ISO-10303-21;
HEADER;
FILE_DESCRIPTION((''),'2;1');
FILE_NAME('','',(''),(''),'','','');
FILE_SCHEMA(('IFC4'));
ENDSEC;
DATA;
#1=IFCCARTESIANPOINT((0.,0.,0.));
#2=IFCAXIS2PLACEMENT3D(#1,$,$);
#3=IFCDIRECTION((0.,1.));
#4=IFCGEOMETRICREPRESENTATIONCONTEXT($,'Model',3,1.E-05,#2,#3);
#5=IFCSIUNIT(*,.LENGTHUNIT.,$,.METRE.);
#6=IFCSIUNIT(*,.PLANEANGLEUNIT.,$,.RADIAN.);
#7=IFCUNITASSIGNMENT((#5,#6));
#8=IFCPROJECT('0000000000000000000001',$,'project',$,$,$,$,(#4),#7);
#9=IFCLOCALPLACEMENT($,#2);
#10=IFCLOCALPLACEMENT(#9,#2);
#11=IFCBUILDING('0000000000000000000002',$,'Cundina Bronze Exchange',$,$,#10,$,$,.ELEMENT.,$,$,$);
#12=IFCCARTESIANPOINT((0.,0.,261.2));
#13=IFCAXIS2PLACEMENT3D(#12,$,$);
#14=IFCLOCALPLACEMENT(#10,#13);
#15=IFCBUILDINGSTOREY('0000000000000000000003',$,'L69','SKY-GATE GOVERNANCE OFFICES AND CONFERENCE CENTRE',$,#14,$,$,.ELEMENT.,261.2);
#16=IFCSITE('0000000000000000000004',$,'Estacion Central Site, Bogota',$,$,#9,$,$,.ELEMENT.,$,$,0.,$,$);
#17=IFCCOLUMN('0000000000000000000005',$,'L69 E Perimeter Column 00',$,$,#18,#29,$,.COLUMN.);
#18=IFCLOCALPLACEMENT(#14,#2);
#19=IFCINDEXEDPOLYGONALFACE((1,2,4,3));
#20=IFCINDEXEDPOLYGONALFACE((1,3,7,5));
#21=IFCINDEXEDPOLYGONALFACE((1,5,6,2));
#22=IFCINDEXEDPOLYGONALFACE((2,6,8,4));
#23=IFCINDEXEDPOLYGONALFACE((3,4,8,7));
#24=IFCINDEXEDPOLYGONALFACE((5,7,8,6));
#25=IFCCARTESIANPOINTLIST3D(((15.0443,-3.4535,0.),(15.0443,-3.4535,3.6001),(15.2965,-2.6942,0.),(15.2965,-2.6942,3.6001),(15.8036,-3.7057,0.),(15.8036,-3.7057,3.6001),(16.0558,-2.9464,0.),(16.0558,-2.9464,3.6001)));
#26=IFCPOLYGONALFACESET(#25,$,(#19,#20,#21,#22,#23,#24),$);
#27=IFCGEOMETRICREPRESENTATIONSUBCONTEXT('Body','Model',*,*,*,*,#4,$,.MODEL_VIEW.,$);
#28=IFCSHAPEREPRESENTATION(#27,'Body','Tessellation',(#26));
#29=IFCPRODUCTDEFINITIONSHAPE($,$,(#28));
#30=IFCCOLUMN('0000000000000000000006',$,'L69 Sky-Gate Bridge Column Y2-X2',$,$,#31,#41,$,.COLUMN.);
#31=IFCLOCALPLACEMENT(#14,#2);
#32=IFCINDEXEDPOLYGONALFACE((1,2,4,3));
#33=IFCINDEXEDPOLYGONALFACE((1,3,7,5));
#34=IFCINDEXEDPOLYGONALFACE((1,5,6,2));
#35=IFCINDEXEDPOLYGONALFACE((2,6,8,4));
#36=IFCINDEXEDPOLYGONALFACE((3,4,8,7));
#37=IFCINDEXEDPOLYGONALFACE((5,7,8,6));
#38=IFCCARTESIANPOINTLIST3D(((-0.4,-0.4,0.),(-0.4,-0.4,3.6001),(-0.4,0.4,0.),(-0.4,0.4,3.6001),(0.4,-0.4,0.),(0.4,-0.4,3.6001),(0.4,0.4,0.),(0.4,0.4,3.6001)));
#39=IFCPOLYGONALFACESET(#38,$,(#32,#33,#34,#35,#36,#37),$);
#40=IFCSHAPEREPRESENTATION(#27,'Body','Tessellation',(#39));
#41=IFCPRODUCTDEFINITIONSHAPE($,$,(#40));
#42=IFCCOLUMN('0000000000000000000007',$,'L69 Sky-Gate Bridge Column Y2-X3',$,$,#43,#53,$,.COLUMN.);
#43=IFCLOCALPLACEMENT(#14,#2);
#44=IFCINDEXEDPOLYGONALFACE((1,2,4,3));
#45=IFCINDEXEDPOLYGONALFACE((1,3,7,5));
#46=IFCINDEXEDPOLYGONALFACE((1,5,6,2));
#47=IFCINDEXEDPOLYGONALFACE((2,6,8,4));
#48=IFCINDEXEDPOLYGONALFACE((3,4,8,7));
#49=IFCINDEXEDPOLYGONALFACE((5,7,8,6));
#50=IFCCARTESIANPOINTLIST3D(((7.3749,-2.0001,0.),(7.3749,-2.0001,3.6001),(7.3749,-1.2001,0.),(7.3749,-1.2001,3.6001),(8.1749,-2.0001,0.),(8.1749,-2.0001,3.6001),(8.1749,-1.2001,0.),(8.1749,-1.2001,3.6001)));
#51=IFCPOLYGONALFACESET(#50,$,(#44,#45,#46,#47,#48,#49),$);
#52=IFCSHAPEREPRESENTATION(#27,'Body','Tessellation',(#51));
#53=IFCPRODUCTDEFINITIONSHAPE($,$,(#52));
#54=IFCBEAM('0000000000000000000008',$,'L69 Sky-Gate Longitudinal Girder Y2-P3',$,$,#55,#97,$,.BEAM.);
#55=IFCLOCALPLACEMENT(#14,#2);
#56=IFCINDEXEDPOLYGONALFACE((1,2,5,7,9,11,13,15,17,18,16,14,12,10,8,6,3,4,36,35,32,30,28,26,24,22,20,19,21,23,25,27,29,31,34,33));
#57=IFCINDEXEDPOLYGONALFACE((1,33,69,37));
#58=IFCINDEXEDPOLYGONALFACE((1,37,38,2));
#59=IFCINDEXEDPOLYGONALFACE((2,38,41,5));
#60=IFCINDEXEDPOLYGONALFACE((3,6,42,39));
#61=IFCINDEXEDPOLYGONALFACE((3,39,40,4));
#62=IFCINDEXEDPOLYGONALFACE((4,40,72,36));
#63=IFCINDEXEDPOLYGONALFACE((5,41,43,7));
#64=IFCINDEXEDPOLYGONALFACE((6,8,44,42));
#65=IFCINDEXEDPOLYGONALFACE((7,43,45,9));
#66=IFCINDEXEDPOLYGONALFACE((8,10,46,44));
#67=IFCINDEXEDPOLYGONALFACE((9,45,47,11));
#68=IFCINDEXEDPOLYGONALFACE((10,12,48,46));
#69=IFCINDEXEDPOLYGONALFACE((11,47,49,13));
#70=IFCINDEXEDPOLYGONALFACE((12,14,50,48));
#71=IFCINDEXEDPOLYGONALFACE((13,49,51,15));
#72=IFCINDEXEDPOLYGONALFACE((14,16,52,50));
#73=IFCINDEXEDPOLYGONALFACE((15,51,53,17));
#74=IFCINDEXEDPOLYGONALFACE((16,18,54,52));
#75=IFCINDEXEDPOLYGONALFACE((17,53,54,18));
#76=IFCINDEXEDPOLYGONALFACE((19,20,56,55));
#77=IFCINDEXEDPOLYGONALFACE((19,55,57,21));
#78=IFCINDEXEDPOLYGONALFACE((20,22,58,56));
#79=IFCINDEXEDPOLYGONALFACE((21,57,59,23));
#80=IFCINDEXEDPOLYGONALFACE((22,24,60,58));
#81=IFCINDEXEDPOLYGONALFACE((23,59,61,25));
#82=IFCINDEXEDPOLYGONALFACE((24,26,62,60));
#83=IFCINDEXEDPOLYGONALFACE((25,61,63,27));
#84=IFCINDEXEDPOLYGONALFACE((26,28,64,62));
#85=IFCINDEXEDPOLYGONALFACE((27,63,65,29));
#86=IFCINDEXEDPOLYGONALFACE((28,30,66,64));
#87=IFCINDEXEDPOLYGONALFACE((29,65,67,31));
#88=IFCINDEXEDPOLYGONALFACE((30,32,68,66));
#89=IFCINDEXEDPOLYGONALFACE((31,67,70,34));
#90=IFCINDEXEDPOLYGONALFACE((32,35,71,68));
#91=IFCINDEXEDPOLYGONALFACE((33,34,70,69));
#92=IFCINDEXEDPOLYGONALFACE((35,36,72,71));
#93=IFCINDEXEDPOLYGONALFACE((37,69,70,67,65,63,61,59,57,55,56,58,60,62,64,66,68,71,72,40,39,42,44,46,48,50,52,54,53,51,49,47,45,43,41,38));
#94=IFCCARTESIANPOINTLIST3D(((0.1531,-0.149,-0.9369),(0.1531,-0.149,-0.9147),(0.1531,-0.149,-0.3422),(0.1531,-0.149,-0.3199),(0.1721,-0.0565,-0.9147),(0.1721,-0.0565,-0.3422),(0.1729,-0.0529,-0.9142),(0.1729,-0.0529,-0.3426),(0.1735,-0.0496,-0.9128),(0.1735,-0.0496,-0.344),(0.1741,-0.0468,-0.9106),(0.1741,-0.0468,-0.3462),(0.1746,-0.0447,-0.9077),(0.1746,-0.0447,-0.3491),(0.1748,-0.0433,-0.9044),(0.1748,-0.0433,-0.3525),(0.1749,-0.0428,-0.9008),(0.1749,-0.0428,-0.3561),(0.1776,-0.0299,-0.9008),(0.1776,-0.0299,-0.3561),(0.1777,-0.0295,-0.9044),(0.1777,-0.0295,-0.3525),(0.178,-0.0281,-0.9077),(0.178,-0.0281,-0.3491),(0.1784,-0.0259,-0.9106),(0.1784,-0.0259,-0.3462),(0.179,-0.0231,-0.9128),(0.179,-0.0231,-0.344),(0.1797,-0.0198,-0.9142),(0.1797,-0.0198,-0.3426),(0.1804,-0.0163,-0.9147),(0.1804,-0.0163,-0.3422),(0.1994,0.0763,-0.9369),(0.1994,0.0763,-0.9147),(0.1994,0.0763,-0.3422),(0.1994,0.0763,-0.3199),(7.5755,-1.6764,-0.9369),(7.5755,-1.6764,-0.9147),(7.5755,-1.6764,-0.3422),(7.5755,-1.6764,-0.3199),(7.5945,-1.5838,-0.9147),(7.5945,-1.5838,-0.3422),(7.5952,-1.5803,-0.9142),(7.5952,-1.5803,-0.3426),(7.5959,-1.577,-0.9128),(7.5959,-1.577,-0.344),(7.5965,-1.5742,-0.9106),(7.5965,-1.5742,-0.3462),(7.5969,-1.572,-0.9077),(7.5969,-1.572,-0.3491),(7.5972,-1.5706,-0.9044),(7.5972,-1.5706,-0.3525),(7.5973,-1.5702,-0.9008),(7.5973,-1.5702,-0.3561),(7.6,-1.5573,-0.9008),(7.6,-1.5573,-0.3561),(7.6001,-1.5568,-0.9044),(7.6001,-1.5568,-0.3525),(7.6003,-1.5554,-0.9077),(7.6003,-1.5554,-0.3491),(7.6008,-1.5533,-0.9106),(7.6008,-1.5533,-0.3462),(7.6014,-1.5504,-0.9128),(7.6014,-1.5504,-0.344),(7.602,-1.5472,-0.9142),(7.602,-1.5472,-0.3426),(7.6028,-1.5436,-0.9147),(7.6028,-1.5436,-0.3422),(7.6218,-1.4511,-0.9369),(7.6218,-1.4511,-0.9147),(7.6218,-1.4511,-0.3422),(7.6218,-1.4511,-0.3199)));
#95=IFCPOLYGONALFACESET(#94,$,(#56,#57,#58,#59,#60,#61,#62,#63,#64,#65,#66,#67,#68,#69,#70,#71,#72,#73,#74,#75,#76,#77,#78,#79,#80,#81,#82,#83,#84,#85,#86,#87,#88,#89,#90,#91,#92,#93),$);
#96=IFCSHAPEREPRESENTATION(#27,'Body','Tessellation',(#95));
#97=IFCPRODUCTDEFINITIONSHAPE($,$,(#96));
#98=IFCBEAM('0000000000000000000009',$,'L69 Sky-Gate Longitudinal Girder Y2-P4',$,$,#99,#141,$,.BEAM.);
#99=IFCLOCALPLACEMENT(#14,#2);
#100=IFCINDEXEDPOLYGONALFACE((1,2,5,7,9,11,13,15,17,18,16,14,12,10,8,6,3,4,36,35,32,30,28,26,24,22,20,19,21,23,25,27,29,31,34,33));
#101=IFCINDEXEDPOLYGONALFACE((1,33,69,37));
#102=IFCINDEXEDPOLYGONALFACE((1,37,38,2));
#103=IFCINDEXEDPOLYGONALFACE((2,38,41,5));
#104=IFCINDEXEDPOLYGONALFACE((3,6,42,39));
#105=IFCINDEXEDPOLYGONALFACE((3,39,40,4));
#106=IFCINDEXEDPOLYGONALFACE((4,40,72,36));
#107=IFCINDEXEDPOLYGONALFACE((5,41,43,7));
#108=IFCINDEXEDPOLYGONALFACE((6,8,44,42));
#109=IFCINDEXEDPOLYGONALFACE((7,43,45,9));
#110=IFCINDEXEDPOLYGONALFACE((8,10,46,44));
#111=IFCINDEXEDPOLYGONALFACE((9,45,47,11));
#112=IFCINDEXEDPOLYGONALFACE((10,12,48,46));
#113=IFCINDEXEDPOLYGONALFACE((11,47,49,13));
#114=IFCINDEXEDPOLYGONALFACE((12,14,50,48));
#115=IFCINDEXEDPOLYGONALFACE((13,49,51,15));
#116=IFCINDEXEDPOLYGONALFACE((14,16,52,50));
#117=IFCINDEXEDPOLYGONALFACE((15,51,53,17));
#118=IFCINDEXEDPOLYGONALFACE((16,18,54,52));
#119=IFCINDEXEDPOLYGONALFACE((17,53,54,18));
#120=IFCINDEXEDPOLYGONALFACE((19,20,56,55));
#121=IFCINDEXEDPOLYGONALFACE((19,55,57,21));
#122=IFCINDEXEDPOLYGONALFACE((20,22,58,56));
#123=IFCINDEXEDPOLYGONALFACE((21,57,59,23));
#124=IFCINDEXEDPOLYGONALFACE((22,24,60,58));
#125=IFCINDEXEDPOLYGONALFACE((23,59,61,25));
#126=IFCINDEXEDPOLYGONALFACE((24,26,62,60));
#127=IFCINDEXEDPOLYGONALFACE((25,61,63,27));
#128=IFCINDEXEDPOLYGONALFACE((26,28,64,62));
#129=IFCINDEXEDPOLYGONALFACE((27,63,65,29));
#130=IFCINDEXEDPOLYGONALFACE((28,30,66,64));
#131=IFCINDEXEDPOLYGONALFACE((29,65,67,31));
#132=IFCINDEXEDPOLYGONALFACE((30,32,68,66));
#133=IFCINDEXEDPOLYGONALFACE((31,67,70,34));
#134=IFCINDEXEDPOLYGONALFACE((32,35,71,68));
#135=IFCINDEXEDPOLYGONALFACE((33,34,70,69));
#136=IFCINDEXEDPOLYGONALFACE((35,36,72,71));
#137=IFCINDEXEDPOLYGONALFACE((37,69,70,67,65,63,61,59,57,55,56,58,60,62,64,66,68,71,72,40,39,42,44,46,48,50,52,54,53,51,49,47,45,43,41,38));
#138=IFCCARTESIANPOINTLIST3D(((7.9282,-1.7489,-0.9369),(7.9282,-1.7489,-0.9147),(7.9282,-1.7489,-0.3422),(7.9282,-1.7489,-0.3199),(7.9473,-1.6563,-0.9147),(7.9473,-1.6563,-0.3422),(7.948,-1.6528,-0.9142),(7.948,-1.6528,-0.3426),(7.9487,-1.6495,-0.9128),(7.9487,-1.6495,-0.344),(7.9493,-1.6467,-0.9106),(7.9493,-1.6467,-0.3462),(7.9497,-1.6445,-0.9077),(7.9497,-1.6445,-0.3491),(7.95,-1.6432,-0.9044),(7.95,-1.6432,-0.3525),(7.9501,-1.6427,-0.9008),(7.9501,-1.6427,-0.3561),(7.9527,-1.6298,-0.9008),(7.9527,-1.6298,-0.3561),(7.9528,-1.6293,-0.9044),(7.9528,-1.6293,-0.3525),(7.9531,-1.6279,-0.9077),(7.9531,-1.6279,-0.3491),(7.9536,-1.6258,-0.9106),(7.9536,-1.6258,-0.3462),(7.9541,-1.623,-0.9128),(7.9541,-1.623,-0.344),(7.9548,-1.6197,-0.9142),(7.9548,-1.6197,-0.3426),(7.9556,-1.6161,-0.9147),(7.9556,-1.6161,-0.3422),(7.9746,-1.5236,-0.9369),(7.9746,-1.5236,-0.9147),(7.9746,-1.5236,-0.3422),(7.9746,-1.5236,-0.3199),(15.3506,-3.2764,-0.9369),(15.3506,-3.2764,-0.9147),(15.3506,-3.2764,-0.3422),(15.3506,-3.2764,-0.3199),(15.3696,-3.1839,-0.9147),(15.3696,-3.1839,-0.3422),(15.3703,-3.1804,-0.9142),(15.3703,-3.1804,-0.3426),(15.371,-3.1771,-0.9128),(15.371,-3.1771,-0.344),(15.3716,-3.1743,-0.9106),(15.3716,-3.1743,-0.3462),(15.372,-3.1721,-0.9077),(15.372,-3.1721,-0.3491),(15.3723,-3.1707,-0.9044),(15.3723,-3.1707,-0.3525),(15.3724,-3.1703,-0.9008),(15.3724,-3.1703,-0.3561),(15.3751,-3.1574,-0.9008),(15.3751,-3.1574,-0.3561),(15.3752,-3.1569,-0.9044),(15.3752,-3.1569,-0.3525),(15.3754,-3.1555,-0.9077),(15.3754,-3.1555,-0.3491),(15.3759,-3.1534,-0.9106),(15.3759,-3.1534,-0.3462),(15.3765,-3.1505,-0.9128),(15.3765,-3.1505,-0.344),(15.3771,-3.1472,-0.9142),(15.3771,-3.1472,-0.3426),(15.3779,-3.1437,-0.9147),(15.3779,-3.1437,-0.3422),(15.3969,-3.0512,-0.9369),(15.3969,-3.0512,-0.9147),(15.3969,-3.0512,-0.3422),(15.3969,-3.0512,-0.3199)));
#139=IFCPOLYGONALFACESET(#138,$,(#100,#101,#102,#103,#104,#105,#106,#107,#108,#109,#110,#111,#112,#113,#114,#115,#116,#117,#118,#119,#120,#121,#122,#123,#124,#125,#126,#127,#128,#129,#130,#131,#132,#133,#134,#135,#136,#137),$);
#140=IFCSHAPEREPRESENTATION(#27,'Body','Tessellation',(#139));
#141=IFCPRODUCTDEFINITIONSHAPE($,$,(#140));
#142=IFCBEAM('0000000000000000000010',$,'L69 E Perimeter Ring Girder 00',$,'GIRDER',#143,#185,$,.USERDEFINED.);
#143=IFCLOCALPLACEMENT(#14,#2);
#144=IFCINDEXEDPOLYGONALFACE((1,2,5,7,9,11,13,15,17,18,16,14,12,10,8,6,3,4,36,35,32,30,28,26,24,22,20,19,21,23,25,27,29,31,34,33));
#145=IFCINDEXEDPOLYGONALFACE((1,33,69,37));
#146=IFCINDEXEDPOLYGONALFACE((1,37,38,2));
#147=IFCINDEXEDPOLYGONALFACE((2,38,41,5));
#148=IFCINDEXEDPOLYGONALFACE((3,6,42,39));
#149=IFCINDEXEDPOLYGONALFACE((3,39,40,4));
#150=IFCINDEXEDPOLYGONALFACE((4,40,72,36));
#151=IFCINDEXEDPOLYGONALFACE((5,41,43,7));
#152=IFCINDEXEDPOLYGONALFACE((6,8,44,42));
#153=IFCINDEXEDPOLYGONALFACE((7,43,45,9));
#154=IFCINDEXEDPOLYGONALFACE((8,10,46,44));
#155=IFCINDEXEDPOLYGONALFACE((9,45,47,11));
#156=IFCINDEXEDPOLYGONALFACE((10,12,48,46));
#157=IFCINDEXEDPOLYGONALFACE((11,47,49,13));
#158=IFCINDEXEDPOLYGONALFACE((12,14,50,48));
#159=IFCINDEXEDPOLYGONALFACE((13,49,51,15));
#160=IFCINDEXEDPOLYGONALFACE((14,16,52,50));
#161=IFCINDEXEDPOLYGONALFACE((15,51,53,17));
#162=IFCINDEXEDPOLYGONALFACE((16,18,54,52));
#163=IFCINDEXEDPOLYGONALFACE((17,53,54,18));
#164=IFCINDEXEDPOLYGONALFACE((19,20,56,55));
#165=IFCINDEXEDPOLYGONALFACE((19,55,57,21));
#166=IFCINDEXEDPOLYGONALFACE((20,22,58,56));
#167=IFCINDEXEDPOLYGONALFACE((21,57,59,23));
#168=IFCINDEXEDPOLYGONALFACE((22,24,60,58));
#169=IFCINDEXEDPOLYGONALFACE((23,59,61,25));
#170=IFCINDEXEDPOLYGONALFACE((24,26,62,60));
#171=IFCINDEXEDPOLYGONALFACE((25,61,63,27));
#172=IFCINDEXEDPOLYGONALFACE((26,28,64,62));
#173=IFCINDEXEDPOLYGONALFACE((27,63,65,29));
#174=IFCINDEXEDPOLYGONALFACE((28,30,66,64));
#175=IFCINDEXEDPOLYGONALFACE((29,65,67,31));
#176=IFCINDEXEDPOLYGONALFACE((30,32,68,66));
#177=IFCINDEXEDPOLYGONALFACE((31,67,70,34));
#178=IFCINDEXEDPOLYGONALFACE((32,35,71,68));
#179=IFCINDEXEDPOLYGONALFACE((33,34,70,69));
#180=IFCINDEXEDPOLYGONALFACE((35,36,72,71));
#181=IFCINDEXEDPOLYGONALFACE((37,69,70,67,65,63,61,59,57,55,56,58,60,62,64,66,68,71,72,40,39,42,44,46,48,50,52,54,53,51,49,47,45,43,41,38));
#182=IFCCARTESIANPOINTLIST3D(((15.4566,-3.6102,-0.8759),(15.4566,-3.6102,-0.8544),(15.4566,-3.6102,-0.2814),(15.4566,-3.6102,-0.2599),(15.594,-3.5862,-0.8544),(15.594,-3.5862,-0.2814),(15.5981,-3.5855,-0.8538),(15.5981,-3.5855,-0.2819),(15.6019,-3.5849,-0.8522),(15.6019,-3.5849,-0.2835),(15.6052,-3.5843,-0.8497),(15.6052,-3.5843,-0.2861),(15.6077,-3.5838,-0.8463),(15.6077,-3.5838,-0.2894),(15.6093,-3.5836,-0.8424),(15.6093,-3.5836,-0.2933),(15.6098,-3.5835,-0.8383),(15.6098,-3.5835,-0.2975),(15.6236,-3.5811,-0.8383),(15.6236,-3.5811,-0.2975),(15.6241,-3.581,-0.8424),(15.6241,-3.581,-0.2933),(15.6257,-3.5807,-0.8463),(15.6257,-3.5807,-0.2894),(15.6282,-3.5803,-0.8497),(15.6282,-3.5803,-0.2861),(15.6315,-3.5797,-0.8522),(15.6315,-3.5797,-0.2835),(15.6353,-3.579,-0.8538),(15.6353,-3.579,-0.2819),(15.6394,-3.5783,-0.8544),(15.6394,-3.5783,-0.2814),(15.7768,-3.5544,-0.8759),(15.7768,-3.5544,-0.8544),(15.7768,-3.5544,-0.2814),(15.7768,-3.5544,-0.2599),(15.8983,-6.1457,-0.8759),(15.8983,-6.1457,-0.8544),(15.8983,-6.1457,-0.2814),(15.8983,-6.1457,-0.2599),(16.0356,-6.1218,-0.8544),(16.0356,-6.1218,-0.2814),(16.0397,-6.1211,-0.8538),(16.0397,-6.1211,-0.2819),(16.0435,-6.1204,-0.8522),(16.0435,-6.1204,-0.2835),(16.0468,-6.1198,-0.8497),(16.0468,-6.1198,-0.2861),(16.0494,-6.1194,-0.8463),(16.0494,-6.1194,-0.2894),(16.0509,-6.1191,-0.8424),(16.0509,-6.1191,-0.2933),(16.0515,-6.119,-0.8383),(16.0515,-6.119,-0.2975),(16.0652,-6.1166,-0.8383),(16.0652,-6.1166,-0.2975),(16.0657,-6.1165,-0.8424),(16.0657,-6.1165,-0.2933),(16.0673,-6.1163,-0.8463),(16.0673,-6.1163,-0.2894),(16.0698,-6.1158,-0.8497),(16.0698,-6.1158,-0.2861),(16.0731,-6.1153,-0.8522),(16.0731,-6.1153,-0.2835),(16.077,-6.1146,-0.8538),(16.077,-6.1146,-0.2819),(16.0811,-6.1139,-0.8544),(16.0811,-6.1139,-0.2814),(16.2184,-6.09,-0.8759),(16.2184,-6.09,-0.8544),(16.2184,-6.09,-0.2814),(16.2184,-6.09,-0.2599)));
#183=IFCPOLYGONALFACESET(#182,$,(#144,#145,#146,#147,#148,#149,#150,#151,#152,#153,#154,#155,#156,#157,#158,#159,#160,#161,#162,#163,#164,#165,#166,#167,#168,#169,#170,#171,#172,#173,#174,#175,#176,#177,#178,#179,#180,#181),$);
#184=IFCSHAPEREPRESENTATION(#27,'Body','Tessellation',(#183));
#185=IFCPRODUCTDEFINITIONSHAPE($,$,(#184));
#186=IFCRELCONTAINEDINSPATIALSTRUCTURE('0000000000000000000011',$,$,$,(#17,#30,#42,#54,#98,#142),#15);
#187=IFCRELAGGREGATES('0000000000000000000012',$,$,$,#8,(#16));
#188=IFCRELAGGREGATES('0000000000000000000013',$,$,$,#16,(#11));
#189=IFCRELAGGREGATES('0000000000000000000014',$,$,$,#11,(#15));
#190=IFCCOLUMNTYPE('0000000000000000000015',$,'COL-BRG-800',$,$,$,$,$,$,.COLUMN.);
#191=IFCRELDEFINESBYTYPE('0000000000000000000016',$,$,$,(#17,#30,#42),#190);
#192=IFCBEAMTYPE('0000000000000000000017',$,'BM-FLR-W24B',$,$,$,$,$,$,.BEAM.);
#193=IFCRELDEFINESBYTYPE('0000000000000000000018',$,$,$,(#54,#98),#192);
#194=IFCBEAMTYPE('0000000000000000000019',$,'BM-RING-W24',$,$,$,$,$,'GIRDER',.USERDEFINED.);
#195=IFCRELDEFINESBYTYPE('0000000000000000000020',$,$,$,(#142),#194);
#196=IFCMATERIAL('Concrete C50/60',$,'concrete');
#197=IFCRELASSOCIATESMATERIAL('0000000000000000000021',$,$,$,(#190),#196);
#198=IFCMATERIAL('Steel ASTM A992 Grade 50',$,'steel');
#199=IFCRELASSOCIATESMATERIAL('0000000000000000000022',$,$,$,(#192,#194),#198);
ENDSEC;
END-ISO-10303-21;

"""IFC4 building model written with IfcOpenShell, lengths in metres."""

from ifc_helpers import new_model, si_unit, direction, frame, origin, origin_2d, place, context, subcontext, project, spatial, rectangle, i_section, extrude, material, material_profile, profile_set, type_object, element, save


model = new_model("IFC4")

# Units and contexts
model_context = context("Model", 3, precision=1e-05, world=origin(), true_north=direction((0.0, 1.0)))
body_context = subcontext(model_context, "Body", "Model", "MODEL_VIEW")
ifc_project = project(units=[si_unit("LENGTHUNIT", "METRE"), si_unit("PLANEANGLEUNIT", "RADIAN")], contexts=[model_context])

# Site, building, storey
site_placement = place(None, origin())
site = spatial("IfcSite", under=ifc_project, at=site_placement, Name="Estacion Central Site, Bogota", CompositionType="ELEMENT", RefElevation=0.0)
building_placement = place(site_placement, origin())
building = spatial("IfcBuilding", under=site, at=building_placement, Name="Cundina Bronze Exchange", CompositionType="ELEMENT")
storey_placement = place(building_placement, frame((0.0, 0.0, 261.2)))
storey = spatial("IfcBuildingStorey", under=building, at=storey_placement, Name="L69", Description="SKY-GATE GOVERNANCE OFFICES AND CONFERENCE CENTRE", CompositionType="ELEMENT", Elevation=261.2)

# Columns
ifc_material_1 = material(Name="Concrete C50/60", Category="concrete")
ifc_material_profile_1 = material_profile(ifc_material_1, rectangle(XDim=0.8, YDim=0.8, at=origin_2d()), Name="RC800X800", Category="concrete")
ifc_profile_set_1 = profile_set([ifc_material_profile_1], Name="Concrete C50/60")
column_type = type_object("IfcColumnType", Name="COL-BRG-800", PredefinedType="COLUMN", material=ifc_profile_set_1)
for number, where, z_axis, x_axis, name in (
    (1, (15.55, -3.2, 0.0), (0.0, 0.0, 1.0), (-0.315152, -0.949041, 0.0), "L69 E Perimeter Column 00"),
    (2, (0.0, 0.0, 0.0), (0.0, 0.0, 1.0), (1.0, 0.0, 0.0), "L69 Sky-Gate Bridge Column Y2-X2"),
    (3, (7.7749, -1.6001, 0.0), (0.0, 0.0, 1.0), (1.0, 0.0, 0.0), "L69 Sky-Gate Bridge Column Y2-X3"),
):
    element("IfcColumn", number, at=place(storey_placement, frame(where, z_axis=z_axis, x_axis=x_axis)), inside=storey, type_object=column_type, Name=name, PredefinedType="COLUMN", context=body_context, shape_type="SweptSolid", body=[
        extrude(rectangle(XDim=0.8, YDim=0.8, at=origin_2d()), origin(), (0.0, 0.0, 1.0), 3.6001),
    ])

# Beams
ifc_material_2 = material(Name="Steel ASTM A992 Grade 50", Category="steel")
ifc_material_profile_2 = material_profile(ifc_material_2, i_section(OverallWidth=0.23, OverallDepth=0.6169, WebThickness=0.0132, FlangeThickness=0.0222, FilletRadius=0.0139, at=origin_2d()), Name="W24X94", Category="steel")
ifc_profile_set_2 = profile_set([ifc_material_profile_2], Name="Steel ASTM A992 Grade 50")
beam_type_1 = type_object("IfcBeamType", Name="BM-FLR-W24B", PredefinedType="BEAM", material=ifc_profile_set_2)
for number, where, z_axis, x_axis, name in (
    (4, (0.1763, -0.0364, -0.6284), (0.979478, -0.201553, 0.0), (0.201553, 0.979478, 0.0), "L69 Sky-Gate Longitudinal Girder Y2-P3"),
    (5, (7.9514, -1.6362, -0.6284), (0.979471, -0.201584, 0.0), (0.201584, 0.979471, 0.0), "L69 Sky-Gate Longitudinal Girder Y2-P4"),
):
    element("IfcBeam", number, at=place(storey_placement, frame(where, z_axis=z_axis, x_axis=x_axis)), inside=storey, type_object=beam_type_1, Name=name, PredefinedType="BEAM", context=body_context, shape_type="SweptSolid", body=[
        extrude(i_section(OverallWidth=0.23, OverallDepth=0.6169, WebThickness=0.0132, FlangeThickness=0.0222, FilletRadius=0.0139, at=origin_2d()), origin(), (0.0, 0.0, 1.0), 7.5779),
    ])
ifc_material_profile_3 = material_profile(ifc_material_2, i_section(OverallWidth=0.325, OverallDepth=0.616, WebThickness=0.0139, FlangeThickness=0.0215, FilletRadius=0.0161, at=origin_2d()), Name="W24X117", Category="steel")
ifc_profile_set_3 = profile_set([ifc_material_profile_3], Name="Steel ASTM A992 Grade 50")
beam_type_2 = type_object("IfcBeamType", Name="BM-RING-W24", ElementType="GIRDER", PredefinedType="USERDEFINED", material=ifc_profile_set_3)
beam_1_placement = place(storey_placement, frame((15.6167, -3.5823, -0.5679), z_axis=(0.171593, -0.985168, 0.0), x_axis=(0.985168, 0.171593, 0.0)))
element("IfcBeam", 6, at=beam_1_placement, inside=storey, type_object=beam_type_2, Name="L69 E Perimeter Ring Girder 00", ObjectType="GIRDER", PredefinedType="USERDEFINED", context=body_context, shape_type="SweptSolid", body=[
    extrude(i_section(OverallWidth=0.325, OverallDepth=0.616, WebThickness=0.0139, FlangeThickness=0.0215, FilletRadius=0.0161, at=origin_2d()), origin(), (0.0, 0.0, 1.0), 2.5737),
])

save(model, "model.ifc")
